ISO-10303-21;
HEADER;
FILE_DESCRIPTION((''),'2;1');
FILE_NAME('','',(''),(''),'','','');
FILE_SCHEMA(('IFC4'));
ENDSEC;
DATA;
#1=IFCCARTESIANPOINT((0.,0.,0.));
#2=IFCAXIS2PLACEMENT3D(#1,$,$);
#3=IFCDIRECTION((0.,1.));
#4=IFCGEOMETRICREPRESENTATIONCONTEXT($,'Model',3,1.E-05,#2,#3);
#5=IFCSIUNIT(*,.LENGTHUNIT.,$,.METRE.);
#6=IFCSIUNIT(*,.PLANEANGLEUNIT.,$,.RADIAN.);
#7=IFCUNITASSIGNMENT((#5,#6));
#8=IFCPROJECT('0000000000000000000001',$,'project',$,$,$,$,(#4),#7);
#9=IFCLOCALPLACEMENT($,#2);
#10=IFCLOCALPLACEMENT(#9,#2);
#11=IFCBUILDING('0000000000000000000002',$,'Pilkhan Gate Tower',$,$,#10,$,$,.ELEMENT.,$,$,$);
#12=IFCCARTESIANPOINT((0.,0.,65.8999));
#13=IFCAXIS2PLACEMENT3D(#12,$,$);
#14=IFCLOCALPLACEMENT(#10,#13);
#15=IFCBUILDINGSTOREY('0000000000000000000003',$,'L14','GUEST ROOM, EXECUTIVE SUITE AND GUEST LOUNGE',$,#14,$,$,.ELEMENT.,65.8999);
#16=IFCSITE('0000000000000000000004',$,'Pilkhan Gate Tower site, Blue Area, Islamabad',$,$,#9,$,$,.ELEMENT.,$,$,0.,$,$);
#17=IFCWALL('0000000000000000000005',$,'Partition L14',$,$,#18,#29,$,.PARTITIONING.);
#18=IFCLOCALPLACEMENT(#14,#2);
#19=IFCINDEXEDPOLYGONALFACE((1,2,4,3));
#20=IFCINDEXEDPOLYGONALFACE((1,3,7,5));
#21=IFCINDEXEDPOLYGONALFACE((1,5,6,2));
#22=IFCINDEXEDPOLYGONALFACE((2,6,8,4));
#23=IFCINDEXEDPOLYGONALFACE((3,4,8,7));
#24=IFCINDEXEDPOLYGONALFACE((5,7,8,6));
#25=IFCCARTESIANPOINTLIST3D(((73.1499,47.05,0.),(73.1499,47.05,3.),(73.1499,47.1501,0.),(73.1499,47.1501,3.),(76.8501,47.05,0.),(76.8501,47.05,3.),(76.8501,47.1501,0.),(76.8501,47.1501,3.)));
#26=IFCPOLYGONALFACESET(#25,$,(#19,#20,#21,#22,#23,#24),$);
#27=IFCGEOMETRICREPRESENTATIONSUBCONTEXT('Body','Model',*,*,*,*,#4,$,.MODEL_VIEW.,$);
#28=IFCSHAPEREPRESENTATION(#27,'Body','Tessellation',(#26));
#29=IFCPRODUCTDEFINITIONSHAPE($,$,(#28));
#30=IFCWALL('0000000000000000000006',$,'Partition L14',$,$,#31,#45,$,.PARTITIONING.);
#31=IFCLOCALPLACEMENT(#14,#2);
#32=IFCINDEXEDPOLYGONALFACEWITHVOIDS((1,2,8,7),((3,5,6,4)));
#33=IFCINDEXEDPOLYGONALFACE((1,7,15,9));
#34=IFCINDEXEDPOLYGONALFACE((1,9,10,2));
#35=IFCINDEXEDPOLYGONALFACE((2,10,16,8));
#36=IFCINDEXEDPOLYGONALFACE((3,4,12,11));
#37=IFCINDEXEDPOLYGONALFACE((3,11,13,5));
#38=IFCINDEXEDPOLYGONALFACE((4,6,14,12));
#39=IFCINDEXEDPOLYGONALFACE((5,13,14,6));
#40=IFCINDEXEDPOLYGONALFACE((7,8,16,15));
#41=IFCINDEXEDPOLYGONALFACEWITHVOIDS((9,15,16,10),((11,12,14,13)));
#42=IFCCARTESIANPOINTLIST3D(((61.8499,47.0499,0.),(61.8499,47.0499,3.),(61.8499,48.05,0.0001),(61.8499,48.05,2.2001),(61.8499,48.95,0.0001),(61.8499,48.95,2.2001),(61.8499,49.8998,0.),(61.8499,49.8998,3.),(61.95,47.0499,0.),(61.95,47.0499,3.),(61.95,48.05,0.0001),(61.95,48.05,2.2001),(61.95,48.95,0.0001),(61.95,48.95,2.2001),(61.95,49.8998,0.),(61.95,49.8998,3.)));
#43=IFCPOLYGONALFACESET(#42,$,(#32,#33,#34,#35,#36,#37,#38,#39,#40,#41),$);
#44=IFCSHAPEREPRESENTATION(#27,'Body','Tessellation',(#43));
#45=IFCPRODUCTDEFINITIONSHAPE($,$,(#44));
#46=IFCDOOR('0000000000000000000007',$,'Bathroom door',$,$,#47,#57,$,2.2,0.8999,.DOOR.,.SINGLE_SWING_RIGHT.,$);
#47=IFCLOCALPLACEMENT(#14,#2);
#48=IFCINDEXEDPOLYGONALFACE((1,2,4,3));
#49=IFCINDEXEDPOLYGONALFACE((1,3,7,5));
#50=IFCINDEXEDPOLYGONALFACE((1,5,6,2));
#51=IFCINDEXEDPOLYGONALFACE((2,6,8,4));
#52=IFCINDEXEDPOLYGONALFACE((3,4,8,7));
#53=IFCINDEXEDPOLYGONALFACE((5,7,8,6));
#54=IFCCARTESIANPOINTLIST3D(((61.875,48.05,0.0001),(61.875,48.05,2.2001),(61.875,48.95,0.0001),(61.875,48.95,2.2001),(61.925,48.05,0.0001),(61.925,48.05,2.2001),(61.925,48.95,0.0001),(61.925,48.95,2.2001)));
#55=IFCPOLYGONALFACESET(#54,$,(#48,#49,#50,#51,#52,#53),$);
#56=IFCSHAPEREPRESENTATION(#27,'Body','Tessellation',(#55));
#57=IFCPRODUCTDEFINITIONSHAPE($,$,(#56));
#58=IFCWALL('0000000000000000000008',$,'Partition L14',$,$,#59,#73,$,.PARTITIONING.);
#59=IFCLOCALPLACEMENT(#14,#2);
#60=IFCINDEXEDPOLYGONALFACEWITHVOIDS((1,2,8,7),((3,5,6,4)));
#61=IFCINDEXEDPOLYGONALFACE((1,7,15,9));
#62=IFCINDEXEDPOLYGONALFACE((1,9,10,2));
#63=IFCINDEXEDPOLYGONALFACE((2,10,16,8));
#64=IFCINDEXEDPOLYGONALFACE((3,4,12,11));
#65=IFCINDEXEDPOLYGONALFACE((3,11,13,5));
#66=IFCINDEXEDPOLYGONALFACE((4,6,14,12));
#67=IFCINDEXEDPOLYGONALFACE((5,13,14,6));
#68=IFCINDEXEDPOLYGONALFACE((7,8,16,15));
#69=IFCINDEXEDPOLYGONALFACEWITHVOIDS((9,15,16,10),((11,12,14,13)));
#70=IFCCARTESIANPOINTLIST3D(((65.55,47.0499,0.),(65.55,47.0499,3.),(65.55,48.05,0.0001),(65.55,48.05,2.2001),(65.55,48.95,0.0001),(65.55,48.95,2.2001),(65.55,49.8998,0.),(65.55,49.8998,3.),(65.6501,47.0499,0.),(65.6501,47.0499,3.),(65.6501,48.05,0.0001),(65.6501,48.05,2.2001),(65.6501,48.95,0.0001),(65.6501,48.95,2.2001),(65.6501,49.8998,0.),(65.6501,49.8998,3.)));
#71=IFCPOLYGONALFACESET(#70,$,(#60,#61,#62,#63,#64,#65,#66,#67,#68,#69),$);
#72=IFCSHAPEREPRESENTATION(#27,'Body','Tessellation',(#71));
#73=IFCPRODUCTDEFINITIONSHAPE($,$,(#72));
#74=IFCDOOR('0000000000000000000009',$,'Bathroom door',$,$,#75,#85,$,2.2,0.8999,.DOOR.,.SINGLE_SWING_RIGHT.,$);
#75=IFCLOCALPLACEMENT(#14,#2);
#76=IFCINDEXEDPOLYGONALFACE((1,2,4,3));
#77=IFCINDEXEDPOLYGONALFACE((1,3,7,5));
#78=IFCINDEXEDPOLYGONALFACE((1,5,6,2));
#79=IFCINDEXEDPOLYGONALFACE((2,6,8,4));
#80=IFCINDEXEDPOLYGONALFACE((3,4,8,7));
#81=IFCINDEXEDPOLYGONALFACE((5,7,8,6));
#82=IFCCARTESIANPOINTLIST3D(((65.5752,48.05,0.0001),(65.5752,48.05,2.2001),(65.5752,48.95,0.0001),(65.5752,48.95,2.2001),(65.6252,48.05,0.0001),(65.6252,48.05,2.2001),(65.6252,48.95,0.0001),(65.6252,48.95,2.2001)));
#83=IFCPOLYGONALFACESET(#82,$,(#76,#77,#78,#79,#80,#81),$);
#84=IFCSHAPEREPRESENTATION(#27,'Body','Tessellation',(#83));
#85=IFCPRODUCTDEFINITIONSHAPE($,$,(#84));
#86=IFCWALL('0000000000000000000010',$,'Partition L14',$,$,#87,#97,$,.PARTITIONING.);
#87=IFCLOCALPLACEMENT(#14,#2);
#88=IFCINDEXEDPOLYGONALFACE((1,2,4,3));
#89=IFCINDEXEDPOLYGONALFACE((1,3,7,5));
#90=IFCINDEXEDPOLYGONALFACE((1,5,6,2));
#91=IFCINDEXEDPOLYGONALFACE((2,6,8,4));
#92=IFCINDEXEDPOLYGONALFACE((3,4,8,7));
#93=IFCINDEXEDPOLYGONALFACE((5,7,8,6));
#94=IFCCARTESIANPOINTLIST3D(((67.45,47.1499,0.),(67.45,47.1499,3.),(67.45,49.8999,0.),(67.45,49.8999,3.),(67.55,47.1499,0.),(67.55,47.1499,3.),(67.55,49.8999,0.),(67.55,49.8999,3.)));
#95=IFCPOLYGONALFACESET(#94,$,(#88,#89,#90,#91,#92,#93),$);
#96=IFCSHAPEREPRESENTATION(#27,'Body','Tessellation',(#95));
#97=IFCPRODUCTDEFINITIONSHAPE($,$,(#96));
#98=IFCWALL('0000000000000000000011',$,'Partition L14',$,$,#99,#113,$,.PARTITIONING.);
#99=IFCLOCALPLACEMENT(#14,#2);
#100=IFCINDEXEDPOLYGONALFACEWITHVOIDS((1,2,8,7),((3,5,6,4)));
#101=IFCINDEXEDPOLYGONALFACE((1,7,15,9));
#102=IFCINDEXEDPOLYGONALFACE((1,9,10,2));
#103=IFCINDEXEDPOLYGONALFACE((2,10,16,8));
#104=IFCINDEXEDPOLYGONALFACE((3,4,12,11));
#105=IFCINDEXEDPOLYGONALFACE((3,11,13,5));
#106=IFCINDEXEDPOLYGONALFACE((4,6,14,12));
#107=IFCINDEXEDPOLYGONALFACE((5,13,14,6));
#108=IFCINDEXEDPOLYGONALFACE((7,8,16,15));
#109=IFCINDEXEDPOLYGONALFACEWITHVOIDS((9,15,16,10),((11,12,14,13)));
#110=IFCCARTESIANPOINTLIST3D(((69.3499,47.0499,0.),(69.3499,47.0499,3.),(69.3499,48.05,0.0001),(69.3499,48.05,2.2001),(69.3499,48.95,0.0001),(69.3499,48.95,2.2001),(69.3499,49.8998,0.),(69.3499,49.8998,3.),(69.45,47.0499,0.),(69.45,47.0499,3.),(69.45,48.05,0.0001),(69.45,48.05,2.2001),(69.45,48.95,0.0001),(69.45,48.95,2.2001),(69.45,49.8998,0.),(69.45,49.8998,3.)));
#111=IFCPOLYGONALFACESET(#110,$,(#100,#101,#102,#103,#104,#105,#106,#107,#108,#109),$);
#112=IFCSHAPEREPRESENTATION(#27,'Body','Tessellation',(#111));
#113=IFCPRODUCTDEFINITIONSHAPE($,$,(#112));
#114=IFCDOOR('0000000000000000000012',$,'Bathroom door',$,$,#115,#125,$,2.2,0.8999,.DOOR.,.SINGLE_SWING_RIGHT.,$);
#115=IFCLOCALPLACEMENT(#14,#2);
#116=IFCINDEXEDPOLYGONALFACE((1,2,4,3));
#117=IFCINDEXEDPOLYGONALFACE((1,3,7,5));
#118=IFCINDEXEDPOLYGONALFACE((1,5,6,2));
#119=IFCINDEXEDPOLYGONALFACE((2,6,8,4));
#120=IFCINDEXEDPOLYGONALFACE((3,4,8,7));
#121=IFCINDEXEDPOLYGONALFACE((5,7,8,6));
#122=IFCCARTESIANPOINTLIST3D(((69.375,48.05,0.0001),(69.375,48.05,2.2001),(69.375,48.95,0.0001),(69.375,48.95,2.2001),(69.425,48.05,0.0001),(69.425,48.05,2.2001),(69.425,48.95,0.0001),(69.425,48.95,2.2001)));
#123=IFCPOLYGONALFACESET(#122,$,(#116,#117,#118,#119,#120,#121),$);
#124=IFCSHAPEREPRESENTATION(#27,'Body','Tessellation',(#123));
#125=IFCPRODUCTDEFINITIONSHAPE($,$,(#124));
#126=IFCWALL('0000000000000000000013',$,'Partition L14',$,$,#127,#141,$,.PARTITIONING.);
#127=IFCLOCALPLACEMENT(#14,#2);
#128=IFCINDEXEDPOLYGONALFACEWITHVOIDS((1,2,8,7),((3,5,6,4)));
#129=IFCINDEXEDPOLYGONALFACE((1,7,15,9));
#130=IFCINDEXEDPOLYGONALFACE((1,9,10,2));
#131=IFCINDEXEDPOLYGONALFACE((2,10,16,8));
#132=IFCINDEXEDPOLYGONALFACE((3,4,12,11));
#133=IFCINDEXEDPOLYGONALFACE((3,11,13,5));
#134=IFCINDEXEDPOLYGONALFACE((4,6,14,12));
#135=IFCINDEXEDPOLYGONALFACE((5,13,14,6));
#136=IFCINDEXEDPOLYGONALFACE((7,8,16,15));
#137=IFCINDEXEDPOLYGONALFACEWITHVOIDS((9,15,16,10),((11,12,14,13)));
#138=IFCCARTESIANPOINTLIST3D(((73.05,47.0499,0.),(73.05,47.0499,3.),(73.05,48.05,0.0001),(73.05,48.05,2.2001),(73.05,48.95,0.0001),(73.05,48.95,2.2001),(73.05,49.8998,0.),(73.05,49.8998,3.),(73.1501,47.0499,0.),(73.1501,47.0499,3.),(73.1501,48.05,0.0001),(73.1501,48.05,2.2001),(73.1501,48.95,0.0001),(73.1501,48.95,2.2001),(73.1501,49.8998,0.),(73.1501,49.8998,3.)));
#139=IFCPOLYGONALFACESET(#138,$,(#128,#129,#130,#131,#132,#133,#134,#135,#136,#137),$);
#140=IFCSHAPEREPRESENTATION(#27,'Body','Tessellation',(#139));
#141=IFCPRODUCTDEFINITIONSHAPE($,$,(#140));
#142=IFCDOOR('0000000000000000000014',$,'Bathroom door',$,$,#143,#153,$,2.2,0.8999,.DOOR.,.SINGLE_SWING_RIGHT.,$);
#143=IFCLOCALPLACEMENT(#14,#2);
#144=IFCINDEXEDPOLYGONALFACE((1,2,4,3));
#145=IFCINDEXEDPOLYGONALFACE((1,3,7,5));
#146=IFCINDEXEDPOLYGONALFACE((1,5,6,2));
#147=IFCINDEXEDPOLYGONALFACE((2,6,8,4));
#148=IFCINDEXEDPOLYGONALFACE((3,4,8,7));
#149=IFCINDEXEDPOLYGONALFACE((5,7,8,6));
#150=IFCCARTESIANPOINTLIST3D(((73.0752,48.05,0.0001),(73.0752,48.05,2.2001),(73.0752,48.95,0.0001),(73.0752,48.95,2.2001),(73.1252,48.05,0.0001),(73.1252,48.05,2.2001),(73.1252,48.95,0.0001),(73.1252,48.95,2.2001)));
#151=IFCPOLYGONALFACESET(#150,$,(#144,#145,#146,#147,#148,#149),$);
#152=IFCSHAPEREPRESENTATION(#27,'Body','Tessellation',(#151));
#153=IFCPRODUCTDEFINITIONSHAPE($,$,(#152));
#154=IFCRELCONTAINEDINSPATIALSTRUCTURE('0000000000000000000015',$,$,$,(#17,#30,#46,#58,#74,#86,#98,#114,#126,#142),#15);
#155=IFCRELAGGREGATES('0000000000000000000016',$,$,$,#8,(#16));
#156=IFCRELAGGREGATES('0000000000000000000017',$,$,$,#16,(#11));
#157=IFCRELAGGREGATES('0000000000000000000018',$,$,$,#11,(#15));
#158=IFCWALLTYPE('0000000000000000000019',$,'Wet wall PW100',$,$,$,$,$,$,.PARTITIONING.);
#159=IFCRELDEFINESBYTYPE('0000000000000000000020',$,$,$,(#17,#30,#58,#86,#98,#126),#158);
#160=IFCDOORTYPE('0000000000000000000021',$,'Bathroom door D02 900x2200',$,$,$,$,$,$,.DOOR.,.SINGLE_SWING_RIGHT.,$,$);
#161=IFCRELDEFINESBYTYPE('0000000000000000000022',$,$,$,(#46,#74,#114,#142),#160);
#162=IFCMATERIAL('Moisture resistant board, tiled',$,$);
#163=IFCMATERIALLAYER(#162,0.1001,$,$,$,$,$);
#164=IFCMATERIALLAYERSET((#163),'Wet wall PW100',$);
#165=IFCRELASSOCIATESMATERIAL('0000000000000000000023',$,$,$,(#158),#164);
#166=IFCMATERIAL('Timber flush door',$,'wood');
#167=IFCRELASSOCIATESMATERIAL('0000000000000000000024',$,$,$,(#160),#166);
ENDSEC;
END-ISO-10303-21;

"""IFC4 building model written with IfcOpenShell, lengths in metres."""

from ifc_helpers import new_model, si_unit, direction, frame, frame_2d, origin, place, context, subcontext, project, spatial, rectangle, extrude, material, layer, layer_set, type_object, element, fill, save


model = new_model("IFC4")

# Units and contexts
model_context = context("Model", 3, precision=1e-05, world=origin(), true_north=direction((0.0, 1.0)))
body_context = subcontext(model_context, "Body", "Model", "MODEL_VIEW")
ifc_project = project(units=[si_unit("LENGTHUNIT", "METRE"), si_unit("PLANEANGLEUNIT", "RADIAN")], contexts=[model_context])

# Site, building, storey
site_placement = place(None, origin())
site = spatial("IfcSite", under=ifc_project, at=site_placement, Name="Pilkhan Gate Tower site, Blue Area, Islamabad", CompositionType="ELEMENT", RefElevation=0.0)
building_placement = place(site_placement, origin())
building = spatial("IfcBuilding", under=site, at=building_placement, Name="Pilkhan Gate Tower", CompositionType="ELEMENT")
storey_placement = place(building_placement, frame((0.0, 0.0, 65.8999)))
storey = spatial("IfcBuildingStorey", under=building, at=storey_placement, Name="L14", Description="GUEST ROOM, EXECUTIVE SUITE AND GUEST LOUNGE", CompositionType="ELEMENT", Elevation=65.8999)

# Wall
ifc_material_1 = material(Name="Moisture resistant board, tiled")
ifc_layer_1 = layer(ifc_material_1, 0.1001)
ifc_layer_set_1 = layer_set([ifc_layer_1], Name="Wet wall PW100")
wall_type_1 = type_object("IfcWallType", Name="Wet wall PW100", PredefinedType="PARTITIONING", material=ifc_layer_set_1)
for number, where, z_axis, x_axis, name in (
    (1, (73.1499, 47.1001, 0.0), (0.0, 0.0, 1.0), (1.0, 0.0, 0.0), "Partition L14"),
):
    element("IfcWall", number, at=place(storey_placement, frame(where, z_axis=z_axis, x_axis=x_axis)), inside=storey, type_object=wall_type_1, Name=name, PredefinedType="PARTITIONING", context=body_context, shape_type="SweptSolid", body=[
        extrude(rectangle(XDim=3.7002, YDim=0.1001, at=frame_2d((1.8501, 0.0))), origin(), (0.0, 0.0, 1.0), 3.0),
    ])

# Walls, openings, doors
wall_1_placement = place(storey_placement, frame((61.8999, 47.05, 0.0), z_axis=(0.0, 0.0, 1.0), x_axis=(0.0, 1.0, 0.0)))
wall_1 = element("IfcWall", 2, at=wall_1_placement, inside=storey, type_object=wall_type_1, Name="Partition L14", PredefinedType="PARTITIONING", context=body_context, shape_type="SweptSolid", body=[
    extrude(rectangle(XDim=2.8499, YDim=0.1001, at=frame_2d((1.4248, 0.0))), origin(), (0.0, 0.0, 1.0), 3.0),
])
opening_1_placement = place(wall_1_placement, frame((1.0, 0.0, 0.0)))
opening_1 = element("IfcOpeningElement", 3, at=opening_1_placement, cuts=wall_1, PredefinedType="OPENING", context=body_context, shape_type="SweptSolid", body=[
    extrude(rectangle(XDim=0.8999, YDim=2.2, at=frame_2d((0.45, 1.1001))), frame((0.0, 0.0601, 0.0), z_axis=(0.0, -1.0, 0.0), x_axis=(1.0, 0.0, 0.0)), (0.0, 0.0, 1.0), 0.1201),
])
ifc_material_2 = material(Name="Timber flush door", Category="wood")
door_type_1 = type_object("IfcDoorType", Name="Bathroom door D02 900x2200", OperationType="SINGLE_SWING_RIGHT", PredefinedType="DOOR", material=ifc_material_2)
door_1_placement = place(opening_1_placement, origin())
door_1 = element("IfcDoor", 4, at=door_1_placement, inside=storey, type_object=door_type_1, Name="Bathroom door", OperationType="SINGLE_SWING_RIGHT", OverallHeight=2.2, OverallWidth=0.8999, PredefinedType="DOOR", context=body_context, shape_type="SweptSolid", body=[
    extrude(rectangle(XDim=0.8999, YDim=2.2, at=frame_2d((0.45, 1.1001))), frame((0.0, 0.0249, 0.0), z_axis=(0.0, -1.0, 0.0), x_axis=(1.0, 0.0, 0.0)), (0.0, 0.0, 1.0), 0.05),
])
fill(opening_1, door_1)
wall_2_placement = place(storey_placement, frame((65.6001, 47.05, 0.0), z_axis=(0.0, 0.0, 1.0), x_axis=(0.0, 1.0, 0.0)))
wall_2 = element("IfcWall", 5, at=wall_2_placement, inside=storey, type_object=wall_type_1, Name="Partition L14", PredefinedType="PARTITIONING", context=body_context, shape_type="SweptSolid", body=[
    extrude(rectangle(XDim=2.8499, YDim=0.1001, at=frame_2d((1.4248, 0.0))), origin(), (0.0, 0.0, 1.0), 3.0),
])
opening_2_placement = place(wall_2_placement, frame((1.0, 0.0, 0.0)))
opening_2 = element("IfcOpeningElement", 6, at=opening_2_placement, cuts=wall_2, PredefinedType="OPENING", context=body_context, shape_type="SweptSolid", body=[
    extrude(rectangle(XDim=0.8999, YDim=2.2, at=frame_2d((0.45, 1.1001))), frame((0.0, 0.0601, 0.0), z_axis=(0.0, -1.0, 0.0), x_axis=(1.0, 0.0, 0.0)), (0.0, 0.0, 1.0), 0.1201),
])
door_2_placement = place(opening_2_placement, origin())
door_2 = element("IfcDoor", 7, at=door_2_placement, inside=storey, type_object=door_type_1, Name="Bathroom door", OperationType="SINGLE_SWING_RIGHT", OverallHeight=2.2, OverallWidth=0.8999, PredefinedType="DOOR", context=body_context, shape_type="SweptSolid", body=[
    extrude(rectangle(XDim=0.8999, YDim=2.2, at=frame_2d((0.45, 1.1001))), frame((0.0, 0.0249, 0.0), z_axis=(0.0, -1.0, 0.0), x_axis=(1.0, 0.0, 0.0)), (0.0, 0.0, 1.0), 0.05),
])
fill(opening_2, door_2)

# Wall
wall_3_placement = place(storey_placement, frame((67.5, 47.1499, 0.0), z_axis=(0.0, 0.0, 1.0), x_axis=(0.0, 1.0, 0.0)))
element("IfcWall", 8, at=wall_3_placement, inside=storey, type_object=wall_type_1, Name="Partition L14", PredefinedType="PARTITIONING", context=body_context, shape_type="SweptSolid", body=[
    extrude(rectangle(XDim=2.75, YDim=0.1001, at=frame_2d((1.375, 0.0))), origin(), (0.0, 0.0, 1.0), 3.0),
])

# Walls, openings, doors
wall_4_placement = place(storey_placement, frame((69.3999, 47.05, 0.0), z_axis=(0.0, 0.0, 1.0), x_axis=(0.0, 1.0, 0.0)))
wall_4 = element("IfcWall", 9, at=wall_4_placement, inside=storey, type_object=wall_type_1, Name="Partition L14", PredefinedType="PARTITIONING", context=body_context, shape_type="SweptSolid", body=[
    extrude(rectangle(XDim=2.8499, YDim=0.1001, at=frame_2d((1.4248, 0.0))), origin(), (0.0, 0.0, 1.0), 3.0),
])
opening_3_placement = place(wall_4_placement, frame((1.0, 0.0, 0.0)))
opening_3 = element("IfcOpeningElement", 10, at=opening_3_placement, cuts=wall_4, PredefinedType="OPENING", context=body_context, shape_type="SweptSolid", body=[
    extrude(rectangle(XDim=0.8999, YDim=2.2, at=frame_2d((0.45, 1.1001))), frame((0.0, 0.0601, 0.0), z_axis=(0.0, -1.0, 0.0), x_axis=(1.0, 0.0, 0.0)), (0.0, 0.0, 1.0), 0.1201),
])
door_3_placement = place(opening_3_placement, origin())
door_3 = element("IfcDoor", 11, at=door_3_placement, inside=storey, type_object=door_type_1, Name="Bathroom door", OperationType="SINGLE_SWING_RIGHT", OverallHeight=2.2, OverallWidth=0.8999, PredefinedType="DOOR", context=body_context, shape_type="SweptSolid", body=[
    extrude(rectangle(XDim=0.8999, YDim=2.2, at=frame_2d((0.45, 1.1001))), frame((0.0, 0.0249, 0.0), z_axis=(0.0, -1.0, 0.0), x_axis=(1.0, 0.0, 0.0)), (0.0, 0.0, 1.0), 0.05),
])
fill(opening_3, door_3)
wall_5_placement = place(storey_placement, frame((73.1001, 47.05, 0.0), z_axis=(0.0, 0.0, 1.0), x_axis=(0.0, 1.0, 0.0)))
wall_5 = element("IfcWall", 12, at=wall_5_placement, inside=storey, type_object=wall_type_1, Name="Partition L14", PredefinedType="PARTITIONING", context=body_context, shape_type="SweptSolid", body=[
    extrude(rectangle(XDim=2.8499, YDim=0.1001, at=frame_2d((1.4248, 0.0))), origin(), (0.0, 0.0, 1.0), 3.0),
])
opening_4_placement = place(wall_5_placement, frame((1.0, 0.0, 0.0)))
opening_4 = element("IfcOpeningElement", 13, at=opening_4_placement, cuts=wall_5, PredefinedType="OPENING", context=body_context, shape_type="SweptSolid", body=[
    extrude(rectangle(XDim=0.8999, YDim=2.2, at=frame_2d((0.45, 1.1001))), frame((0.0, 0.0601, 0.0), z_axis=(0.0, -1.0, 0.0), x_axis=(1.0, 0.0, 0.0)), (0.0, 0.0, 1.0), 0.1201),
])
door_4_placement = place(opening_4_placement, origin())
door_4 = element("IfcDoor", 14, at=door_4_placement, inside=storey, type_object=door_type_1, Name="Bathroom door", OperationType="SINGLE_SWING_RIGHT", OverallHeight=2.2, OverallWidth=0.8999, PredefinedType="DOOR", context=body_context, shape_type="SweptSolid", body=[
    extrude(rectangle(XDim=0.8999, YDim=2.2, at=frame_2d((0.45, 1.1001))), frame((0.0, 0.0249, 0.0), z_axis=(0.0, -1.0, 0.0), x_axis=(1.0, 0.0, 0.0)), (0.0, 0.0, 1.0), 0.05),
])
fill(opening_4, door_4)

save(model, "model.ifc")
